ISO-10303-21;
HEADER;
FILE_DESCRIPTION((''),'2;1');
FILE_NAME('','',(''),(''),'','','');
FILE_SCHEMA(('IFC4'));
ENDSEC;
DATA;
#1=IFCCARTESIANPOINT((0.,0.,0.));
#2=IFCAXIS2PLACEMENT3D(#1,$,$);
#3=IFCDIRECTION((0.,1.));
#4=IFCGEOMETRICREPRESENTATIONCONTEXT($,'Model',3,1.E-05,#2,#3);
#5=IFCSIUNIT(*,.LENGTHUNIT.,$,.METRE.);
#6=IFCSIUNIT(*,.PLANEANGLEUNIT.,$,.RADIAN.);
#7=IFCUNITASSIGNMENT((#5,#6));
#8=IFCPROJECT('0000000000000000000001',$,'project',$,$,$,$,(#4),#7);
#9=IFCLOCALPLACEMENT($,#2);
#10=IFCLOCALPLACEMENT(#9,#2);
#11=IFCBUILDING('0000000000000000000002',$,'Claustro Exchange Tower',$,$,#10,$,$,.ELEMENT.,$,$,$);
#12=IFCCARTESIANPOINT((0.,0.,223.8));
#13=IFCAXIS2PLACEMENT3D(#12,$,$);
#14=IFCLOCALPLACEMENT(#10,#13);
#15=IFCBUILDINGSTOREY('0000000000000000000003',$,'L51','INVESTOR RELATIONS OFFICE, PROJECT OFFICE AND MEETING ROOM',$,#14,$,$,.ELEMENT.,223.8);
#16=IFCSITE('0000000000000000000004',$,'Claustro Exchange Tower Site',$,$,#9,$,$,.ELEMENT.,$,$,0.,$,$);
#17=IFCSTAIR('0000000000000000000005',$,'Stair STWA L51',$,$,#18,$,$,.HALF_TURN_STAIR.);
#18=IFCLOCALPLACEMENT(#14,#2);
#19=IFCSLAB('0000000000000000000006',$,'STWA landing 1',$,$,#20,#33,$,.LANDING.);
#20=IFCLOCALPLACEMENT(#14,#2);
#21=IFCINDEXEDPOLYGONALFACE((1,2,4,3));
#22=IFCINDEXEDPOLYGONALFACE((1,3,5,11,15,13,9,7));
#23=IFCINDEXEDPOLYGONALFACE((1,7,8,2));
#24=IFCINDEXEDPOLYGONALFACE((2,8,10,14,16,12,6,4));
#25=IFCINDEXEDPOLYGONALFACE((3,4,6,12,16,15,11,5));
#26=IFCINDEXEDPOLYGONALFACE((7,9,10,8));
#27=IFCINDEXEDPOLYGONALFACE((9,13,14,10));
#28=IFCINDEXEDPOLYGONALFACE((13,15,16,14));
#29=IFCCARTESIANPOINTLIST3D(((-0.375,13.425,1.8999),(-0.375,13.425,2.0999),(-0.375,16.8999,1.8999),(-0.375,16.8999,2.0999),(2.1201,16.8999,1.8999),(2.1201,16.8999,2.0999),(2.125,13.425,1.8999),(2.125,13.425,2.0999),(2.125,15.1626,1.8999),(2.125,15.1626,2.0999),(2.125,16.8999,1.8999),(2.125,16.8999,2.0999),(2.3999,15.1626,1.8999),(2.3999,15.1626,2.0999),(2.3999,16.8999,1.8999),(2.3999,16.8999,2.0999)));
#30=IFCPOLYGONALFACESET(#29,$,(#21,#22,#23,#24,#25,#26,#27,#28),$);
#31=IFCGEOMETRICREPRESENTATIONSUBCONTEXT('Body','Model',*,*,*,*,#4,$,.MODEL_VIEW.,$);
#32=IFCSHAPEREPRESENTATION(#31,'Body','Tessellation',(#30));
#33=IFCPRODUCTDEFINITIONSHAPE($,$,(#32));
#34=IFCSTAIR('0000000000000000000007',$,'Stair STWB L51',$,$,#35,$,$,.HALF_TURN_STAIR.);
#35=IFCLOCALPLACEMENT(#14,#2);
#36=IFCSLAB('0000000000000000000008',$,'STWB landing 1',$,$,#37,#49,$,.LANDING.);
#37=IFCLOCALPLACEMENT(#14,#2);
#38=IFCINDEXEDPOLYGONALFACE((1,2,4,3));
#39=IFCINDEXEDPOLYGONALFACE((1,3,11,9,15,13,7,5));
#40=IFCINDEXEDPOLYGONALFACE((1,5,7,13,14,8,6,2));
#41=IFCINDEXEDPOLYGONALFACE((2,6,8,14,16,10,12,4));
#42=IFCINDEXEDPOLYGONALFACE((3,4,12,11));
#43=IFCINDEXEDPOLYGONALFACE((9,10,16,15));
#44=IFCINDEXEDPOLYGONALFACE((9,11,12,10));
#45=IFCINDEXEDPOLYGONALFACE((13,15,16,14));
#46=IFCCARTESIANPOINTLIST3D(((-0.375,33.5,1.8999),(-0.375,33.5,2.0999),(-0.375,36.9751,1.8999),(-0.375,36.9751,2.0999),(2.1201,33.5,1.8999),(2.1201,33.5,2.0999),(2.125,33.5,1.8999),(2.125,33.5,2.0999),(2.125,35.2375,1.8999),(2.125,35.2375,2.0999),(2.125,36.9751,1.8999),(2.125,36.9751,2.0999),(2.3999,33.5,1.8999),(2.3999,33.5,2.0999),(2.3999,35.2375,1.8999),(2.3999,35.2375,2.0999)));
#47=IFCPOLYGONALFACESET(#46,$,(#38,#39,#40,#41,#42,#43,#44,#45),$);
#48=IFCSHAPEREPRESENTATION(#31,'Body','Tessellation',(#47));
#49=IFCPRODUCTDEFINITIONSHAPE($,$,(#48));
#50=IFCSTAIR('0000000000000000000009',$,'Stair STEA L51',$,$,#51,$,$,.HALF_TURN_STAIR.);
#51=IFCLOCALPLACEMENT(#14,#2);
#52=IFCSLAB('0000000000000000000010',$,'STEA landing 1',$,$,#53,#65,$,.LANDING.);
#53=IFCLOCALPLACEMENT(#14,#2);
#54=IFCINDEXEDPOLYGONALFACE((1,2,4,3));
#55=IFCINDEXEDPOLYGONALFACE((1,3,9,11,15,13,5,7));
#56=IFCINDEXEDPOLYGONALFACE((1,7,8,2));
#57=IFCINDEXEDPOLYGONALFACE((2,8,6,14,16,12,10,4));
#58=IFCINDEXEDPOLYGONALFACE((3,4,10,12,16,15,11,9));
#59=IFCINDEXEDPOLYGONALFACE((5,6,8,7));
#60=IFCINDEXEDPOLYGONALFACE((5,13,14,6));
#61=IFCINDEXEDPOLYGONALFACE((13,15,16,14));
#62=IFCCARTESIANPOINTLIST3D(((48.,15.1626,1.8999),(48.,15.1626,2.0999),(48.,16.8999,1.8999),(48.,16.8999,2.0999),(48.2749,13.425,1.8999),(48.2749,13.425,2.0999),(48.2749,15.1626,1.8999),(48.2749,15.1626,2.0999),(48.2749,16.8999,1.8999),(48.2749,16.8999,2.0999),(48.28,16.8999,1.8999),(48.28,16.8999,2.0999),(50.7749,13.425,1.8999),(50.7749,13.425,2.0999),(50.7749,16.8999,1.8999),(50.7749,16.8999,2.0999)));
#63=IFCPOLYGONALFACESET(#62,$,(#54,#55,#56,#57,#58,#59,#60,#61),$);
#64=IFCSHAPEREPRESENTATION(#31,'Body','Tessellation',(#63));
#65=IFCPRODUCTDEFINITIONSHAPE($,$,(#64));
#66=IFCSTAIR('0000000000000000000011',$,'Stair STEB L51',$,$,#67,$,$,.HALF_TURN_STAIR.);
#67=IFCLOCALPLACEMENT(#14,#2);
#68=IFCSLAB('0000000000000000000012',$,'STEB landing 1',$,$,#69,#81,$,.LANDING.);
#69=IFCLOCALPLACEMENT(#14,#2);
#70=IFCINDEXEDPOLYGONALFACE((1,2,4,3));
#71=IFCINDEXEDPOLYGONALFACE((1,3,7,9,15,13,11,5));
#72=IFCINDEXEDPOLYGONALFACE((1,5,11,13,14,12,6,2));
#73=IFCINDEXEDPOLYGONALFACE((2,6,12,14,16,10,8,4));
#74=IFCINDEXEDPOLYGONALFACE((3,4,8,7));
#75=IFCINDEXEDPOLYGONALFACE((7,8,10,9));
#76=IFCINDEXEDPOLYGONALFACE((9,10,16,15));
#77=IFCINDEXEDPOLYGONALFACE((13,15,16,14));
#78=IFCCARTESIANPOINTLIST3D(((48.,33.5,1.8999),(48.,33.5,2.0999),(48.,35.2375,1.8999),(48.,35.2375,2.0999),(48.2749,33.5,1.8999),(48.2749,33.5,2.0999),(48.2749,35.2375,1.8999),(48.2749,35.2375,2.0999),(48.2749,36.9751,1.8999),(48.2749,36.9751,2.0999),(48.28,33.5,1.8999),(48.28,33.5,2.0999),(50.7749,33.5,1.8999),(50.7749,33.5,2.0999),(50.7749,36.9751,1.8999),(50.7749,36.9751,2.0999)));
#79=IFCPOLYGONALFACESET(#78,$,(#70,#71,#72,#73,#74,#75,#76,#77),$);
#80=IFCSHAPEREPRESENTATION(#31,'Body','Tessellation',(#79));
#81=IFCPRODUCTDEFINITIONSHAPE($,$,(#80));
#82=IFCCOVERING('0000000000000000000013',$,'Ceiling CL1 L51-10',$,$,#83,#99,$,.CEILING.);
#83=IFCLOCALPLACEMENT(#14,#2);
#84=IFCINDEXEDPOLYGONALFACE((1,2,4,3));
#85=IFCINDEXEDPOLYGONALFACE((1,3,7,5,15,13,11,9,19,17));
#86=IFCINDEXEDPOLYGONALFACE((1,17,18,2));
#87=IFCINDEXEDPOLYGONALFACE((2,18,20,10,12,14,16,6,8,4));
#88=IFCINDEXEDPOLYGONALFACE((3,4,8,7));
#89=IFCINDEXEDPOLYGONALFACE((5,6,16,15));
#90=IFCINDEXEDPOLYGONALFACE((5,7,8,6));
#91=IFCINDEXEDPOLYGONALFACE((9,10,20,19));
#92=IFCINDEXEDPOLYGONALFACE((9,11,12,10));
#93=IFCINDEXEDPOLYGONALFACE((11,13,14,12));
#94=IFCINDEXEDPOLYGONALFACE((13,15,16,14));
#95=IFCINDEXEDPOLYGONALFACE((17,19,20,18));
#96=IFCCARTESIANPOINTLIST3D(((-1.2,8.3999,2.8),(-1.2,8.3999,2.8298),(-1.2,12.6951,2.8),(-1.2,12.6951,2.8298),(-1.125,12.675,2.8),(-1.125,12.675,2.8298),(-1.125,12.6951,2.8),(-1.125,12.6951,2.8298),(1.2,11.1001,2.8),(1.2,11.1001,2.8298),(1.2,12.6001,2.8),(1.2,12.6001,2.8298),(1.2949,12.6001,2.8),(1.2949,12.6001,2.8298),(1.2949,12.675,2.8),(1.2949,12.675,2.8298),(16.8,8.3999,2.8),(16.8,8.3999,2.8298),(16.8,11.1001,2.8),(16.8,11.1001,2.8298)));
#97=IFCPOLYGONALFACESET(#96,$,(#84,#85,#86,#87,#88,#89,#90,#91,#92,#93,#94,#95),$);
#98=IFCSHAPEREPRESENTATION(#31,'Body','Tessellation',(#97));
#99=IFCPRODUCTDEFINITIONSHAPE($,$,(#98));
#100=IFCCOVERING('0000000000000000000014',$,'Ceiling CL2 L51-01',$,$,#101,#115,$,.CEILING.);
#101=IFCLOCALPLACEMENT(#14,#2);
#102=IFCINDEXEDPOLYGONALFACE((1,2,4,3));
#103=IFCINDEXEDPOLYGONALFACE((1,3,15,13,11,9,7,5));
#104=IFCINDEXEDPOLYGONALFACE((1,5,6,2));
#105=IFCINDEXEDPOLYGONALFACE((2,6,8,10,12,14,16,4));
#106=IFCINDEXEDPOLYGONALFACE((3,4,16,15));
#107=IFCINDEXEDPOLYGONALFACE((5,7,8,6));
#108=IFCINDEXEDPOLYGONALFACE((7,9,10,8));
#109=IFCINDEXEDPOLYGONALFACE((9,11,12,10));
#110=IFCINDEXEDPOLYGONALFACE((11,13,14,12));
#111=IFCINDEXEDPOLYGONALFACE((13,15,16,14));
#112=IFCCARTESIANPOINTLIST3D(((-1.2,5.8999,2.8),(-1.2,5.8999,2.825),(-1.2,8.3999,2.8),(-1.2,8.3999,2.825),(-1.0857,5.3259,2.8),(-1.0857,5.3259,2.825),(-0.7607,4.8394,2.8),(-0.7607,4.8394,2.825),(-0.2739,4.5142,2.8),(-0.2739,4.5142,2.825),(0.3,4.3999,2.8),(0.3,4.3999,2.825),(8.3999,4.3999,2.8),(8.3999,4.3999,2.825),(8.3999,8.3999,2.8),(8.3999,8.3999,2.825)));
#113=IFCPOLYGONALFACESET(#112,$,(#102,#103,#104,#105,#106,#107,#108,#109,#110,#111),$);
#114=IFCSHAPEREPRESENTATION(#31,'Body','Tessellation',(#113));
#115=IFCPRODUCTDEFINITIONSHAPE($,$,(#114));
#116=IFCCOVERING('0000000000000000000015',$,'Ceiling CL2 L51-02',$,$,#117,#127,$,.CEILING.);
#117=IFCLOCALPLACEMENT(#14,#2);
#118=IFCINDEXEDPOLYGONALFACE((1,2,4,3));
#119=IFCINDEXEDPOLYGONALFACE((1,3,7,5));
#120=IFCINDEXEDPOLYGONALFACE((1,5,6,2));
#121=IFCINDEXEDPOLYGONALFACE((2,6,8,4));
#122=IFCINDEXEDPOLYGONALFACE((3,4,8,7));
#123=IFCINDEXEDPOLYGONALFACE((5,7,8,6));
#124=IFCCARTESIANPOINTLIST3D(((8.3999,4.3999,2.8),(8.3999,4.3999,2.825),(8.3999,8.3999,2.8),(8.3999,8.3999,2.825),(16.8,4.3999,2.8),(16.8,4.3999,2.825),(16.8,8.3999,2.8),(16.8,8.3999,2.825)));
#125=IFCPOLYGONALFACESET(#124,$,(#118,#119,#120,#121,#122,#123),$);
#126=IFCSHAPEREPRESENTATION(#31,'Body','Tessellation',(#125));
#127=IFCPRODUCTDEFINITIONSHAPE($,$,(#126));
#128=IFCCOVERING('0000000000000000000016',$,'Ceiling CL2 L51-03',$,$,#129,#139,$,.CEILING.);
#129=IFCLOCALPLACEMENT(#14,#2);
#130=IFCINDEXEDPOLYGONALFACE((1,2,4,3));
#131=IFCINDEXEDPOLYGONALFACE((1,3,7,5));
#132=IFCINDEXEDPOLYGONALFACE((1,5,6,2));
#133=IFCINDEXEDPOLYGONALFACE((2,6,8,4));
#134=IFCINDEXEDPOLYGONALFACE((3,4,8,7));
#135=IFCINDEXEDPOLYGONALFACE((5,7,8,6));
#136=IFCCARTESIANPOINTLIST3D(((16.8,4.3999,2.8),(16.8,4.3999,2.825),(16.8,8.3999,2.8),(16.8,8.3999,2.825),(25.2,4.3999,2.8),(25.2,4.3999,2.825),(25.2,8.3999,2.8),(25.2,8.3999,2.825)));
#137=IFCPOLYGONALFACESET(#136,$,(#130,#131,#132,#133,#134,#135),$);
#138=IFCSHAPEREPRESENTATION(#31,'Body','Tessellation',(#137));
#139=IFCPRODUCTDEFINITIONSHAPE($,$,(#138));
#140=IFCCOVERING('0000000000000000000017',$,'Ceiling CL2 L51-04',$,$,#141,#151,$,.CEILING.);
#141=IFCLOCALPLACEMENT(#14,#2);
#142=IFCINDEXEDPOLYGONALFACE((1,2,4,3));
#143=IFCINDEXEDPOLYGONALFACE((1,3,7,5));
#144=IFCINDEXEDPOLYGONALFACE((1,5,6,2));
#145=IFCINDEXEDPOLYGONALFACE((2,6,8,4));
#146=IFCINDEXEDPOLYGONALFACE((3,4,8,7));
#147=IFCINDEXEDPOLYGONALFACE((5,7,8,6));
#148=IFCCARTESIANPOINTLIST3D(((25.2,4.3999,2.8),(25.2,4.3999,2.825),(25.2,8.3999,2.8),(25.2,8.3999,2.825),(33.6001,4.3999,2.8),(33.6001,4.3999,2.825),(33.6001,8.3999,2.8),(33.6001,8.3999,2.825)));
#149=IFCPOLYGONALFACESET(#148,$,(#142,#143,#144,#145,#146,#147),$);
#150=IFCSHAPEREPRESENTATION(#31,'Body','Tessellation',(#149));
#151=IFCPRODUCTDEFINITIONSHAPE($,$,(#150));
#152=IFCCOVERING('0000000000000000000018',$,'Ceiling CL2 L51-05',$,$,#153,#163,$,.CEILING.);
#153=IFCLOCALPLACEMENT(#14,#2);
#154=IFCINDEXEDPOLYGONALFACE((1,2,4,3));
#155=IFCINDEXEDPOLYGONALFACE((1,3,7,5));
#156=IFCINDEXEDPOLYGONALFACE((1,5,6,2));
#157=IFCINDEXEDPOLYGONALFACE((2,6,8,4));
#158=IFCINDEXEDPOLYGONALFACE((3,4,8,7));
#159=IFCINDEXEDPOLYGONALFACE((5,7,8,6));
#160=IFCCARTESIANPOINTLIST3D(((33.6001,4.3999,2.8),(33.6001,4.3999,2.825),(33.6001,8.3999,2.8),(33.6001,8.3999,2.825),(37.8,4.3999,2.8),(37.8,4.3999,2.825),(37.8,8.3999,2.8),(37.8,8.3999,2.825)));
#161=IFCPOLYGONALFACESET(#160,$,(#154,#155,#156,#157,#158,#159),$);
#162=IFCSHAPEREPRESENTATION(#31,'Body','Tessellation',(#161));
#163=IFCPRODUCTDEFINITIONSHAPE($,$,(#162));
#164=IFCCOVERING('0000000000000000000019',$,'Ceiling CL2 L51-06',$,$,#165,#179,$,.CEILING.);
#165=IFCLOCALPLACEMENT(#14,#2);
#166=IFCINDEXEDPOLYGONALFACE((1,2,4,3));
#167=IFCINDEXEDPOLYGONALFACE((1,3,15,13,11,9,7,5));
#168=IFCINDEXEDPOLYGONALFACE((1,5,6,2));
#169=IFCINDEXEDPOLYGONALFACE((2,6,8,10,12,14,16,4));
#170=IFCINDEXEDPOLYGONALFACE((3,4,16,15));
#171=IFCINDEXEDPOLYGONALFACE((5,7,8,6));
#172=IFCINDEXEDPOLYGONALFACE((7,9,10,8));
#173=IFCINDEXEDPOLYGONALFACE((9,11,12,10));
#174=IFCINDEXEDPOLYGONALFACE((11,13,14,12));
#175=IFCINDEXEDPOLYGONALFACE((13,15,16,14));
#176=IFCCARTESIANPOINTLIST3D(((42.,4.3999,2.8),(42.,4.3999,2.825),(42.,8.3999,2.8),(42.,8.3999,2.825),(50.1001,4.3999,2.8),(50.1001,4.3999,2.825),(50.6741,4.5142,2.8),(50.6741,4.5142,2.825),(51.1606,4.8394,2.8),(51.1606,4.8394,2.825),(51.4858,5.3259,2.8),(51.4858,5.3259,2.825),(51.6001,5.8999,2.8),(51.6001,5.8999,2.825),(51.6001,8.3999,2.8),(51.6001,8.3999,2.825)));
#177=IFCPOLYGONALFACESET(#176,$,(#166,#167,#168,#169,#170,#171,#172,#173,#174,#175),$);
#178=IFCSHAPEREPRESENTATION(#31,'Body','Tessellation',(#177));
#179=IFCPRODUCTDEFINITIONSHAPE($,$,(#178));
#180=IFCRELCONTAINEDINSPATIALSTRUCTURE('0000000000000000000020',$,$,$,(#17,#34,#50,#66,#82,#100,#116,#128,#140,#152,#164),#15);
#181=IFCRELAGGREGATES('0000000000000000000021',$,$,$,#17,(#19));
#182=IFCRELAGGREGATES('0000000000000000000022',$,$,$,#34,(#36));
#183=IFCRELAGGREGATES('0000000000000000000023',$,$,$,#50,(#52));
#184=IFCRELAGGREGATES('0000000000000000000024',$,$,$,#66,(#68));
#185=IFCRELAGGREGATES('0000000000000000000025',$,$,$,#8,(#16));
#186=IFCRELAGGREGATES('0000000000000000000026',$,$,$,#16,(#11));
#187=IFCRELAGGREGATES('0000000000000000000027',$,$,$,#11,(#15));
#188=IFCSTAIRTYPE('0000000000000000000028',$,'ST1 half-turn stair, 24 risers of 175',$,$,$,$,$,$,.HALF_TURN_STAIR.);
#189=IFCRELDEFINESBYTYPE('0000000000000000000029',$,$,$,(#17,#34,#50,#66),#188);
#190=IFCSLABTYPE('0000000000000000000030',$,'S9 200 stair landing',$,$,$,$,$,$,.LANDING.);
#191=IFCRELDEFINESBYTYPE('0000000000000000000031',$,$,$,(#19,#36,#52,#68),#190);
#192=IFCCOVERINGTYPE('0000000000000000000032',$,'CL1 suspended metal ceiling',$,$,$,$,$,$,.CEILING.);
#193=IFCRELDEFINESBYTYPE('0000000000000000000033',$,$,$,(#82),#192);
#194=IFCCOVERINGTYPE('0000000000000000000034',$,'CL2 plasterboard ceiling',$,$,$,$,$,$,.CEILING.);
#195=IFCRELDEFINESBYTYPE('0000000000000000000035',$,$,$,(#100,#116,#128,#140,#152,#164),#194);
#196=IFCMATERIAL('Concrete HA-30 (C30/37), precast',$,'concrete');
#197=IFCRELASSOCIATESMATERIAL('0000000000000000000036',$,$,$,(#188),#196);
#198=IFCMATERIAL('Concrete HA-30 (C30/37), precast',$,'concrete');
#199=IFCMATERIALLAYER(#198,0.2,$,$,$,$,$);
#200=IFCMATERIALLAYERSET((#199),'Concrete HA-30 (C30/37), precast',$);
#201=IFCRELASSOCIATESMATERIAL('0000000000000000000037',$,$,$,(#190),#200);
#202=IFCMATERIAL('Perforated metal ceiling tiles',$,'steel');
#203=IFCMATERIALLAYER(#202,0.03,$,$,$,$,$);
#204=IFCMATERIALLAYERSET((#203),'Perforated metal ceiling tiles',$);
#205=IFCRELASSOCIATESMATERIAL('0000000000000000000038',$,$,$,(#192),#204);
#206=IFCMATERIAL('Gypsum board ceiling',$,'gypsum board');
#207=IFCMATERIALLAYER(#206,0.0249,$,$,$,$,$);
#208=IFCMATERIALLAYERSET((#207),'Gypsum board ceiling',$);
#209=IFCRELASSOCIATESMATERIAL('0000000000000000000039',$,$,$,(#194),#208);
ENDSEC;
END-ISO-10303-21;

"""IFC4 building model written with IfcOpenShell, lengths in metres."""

from ifc_helpers import new_model, si_unit, direction, frame, origin, place, context, subcontext, project, spatial, polyline, outline, extrude, material, layer, layer_set, type_object, element, aggregate, save


model = new_model("IFC4")

# Units and contexts
model_context = context("Model", 3, precision=1e-05, world=origin(), true_north=direction((0.0, 1.0)))
body_context = subcontext(model_context, "Body", "Model", "MODEL_VIEW")
ifc_project = project(units=[si_unit("LENGTHUNIT", "METRE"), si_unit("PLANEANGLEUNIT", "RADIAN")], contexts=[model_context])

# Site, building, storey
site_placement = place(None, origin())
site = spatial("IfcSite", under=ifc_project, at=site_placement, Name="Claustro Exchange Tower Site", CompositionType="ELEMENT", RefElevation=0.0)
building_placement = place(site_placement, origin())
building = spatial("IfcBuilding", under=site, at=building_placement, Name="Claustro Exchange Tower", CompositionType="ELEMENT")
storey_placement = place(building_placement, frame((0.0, 0.0, 223.8)))
storey = spatial("IfcBuildingStorey", under=building, at=storey_placement, Name="L51", Description="INVESTOR RELATIONS OFFICE, PROJECT OFFICE AND MEETING ROOM", CompositionType="ELEMENT", Elevation=223.8)

# Stairs, slabs
ifc_material_1 = material(Name="Concrete HA-30 (C30/37), precast", Category="concrete")
stair_type = type_object("IfcStairType", Name="ST1 half-turn stair, 24 risers of 175", PredefinedType="HALF_TURN_STAIR", material=ifc_material_1)
stair_1_placement = place(storey_placement, origin())
stair_1 = element("IfcStair", 1, at=stair_1_placement, inside=storey, type_object=stair_type, Name="Stair STWA L51", PredefinedType="HALF_TURN_STAIR")
ifc_material_2 = material(Name="Concrete HA-30 (C30/37), precast", Category="concrete")
ifc_layer_1 = layer(ifc_material_2, 0.2)
ifc_layer_set_1 = layer_set([ifc_layer_1], Name="Concrete HA-30 (C30/37), precast")
slab_type_1 = type_object("IfcSlabType", Name="S9 200 stair landing", PredefinedType="LANDING", material=ifc_layer_set_1)
slab_1_placement = place(storey_placement, frame((0.0, 0.0, 1.8999)))
slab_1 = element("IfcSlab", 2, at=slab_1_placement, type_object=slab_type_1, Name="STWA landing 1", PredefinedType="LANDING", context=body_context, shape_type="SweptSolid", body=[
    extrude(outline(polyline([(2.125, 13.425), (-0.375, 13.425), (-0.375, 16.8999), (2.1201, 16.8999), (2.125, 16.8999), (2.3999, 16.8999), (2.3999, 15.1626), (2.125, 15.1626), (2.125, 13.425)])), origin(), (0.0, 0.0, 1.0), 0.2),
])
aggregate(stair_1, [slab_1])
stair_2_placement = place(storey_placement, origin())
stair_2 = element("IfcStair", 3, at=stair_2_placement, inside=storey, type_object=stair_type, Name="Stair STWB L51", PredefinedType="HALF_TURN_STAIR")
slab_2_placement = place(storey_placement, frame((0.0, 0.0, 1.8999)))
slab_2 = element("IfcSlab", 4, at=slab_2_placement, type_object=slab_type_1, Name="STWB landing 1", PredefinedType="LANDING", context=body_context, shape_type="SweptSolid", body=[
    extrude(outline(polyline([(2.3999, 35.2375), (2.3999, 33.5), (2.125, 33.5), (2.1201, 33.5), (-0.375, 33.5), (-0.375, 36.9751), (2.125, 36.9751), (2.125, 35.2375), (2.3999, 35.2375)])), origin(), (0.0, 0.0, 1.0), 0.2),
])
aggregate(stair_2, [slab_2])
stair_3_placement = place(storey_placement, origin())
stair_3 = element("IfcStair", 5, at=stair_3_placement, inside=storey, type_object=stair_type, Name="Stair STEA L51", PredefinedType="HALF_TURN_STAIR")
slab_3_placement = place(storey_placement, frame((0.0, 0.0, 1.8999)))
slab_3 = element("IfcSlab", 6, at=slab_3_placement, type_object=slab_type_1, Name="STEA landing 1", PredefinedType="LANDING", context=body_context, shape_type="SweptSolid", body=[
    extrude(outline(polyline([(50.7749, 16.8999), (50.7749, 13.425), (48.2749, 13.425), (48.2749, 15.1626), (48.0, 15.1626), (48.0, 16.8999), (48.2749, 16.8999), (48.28, 16.8999), (50.7749, 16.8999)])), origin(), (0.0, 0.0, 1.0), 0.2),
])
aggregate(stair_3, [slab_3])
stair_4_placement = place(storey_placement, origin())
stair_4 = element("IfcStair", 7, at=stair_4_placement, inside=storey, type_object=stair_type, Name="Stair STEB L51", PredefinedType="HALF_TURN_STAIR")
slab_4_placement = place(storey_placement, frame((0.0, 0.0, 1.8999)))
slab_4 = element("IfcSlab", 8, at=slab_4_placement, type_object=slab_type_1, Name="STEB landing 1", PredefinedType="LANDING", context=body_context, shape_type="SweptSolid", body=[
    extrude(outline(polyline([(48.0, 33.5), (48.0, 35.2375), (48.2749, 35.2375), (48.2749, 36.9751), (50.7749, 36.9751), (50.7749, 33.5), (48.28, 33.5), (48.2749, 33.5), (48.0, 33.5)])), origin(), (0.0, 0.0, 1.0), 0.2),
])
aggregate(stair_4, [slab_4])

# Coverings
ifc_material_3 = material(Name="Perforated metal ceiling tiles", Category="steel")
ifc_layer_2 = layer(ifc_material_3, 0.03)
ifc_layer_set_2 = layer_set([ifc_layer_2], Name="Perforated metal ceiling tiles")
covering_type_1 = type_object("IfcCoveringType", Name="CL1 suspended metal ceiling", PredefinedType="CEILING", material=ifc_layer_set_2)
covering_1_placement = place(storey_placement, frame((0.0, 0.0, 2.8)))
element("IfcCovering", 9, at=covering_1_placement, inside=storey, type_object=covering_type_1, Name="Ceiling CL1 L51-10", PredefinedType="CEILING", context=body_context, shape_type="SweptSolid", body=[
    extrude(outline(polyline([(1.2, 11.1001), (1.2, 12.6001), (1.2949, 12.6001), (1.2949, 12.675), (-1.125, 12.675), (-1.125, 12.6951), (-1.2, 12.6951), (-1.2, 8.3999), (16.8, 8.3999), (16.8, 11.1001), (1.2, 11.1001)])), origin(), (0.0, 0.0, 1.0), 0.0298),
])
ifc_material_4 = material(Name="Gypsum board ceiling", Category="gypsum board")
ifc_layer_3 = layer(ifc_material_4, 0.0249)
ifc_layer_set_3 = layer_set([ifc_layer_3], Name="Gypsum board ceiling")
covering_type_2 = type_object("IfcCoveringType", Name="CL2 plasterboard ceiling", PredefinedType="CEILING", material=ifc_layer_set_3)
covering_2_placement = place(storey_placement, frame((0.0, 0.0, 2.8)))
element("IfcCovering", 10, at=covering_2_placement, inside=storey, type_object=covering_type_2, Name="Ceiling CL2 L51-01", PredefinedType="CEILING", context=body_context, shape_type="SweptSolid", body=[
    extrude(outline(polyline([(-1.0857, 5.3259), (-0.7607, 4.8394), (-0.2739, 4.5142), (0.3, 4.3999), (8.3999, 4.3999), (8.3999, 8.3999), (-1.2, 8.3999), (-1.2, 5.8999), (-1.0857, 5.3259)])), origin(), (0.0, 0.0, 1.0), 0.0249),
])
covering_3_placement = place(storey_placement, frame((0.0, 0.0, 2.8)))
element("IfcCovering", 11, at=covering_3_placement, inside=storey, type_object=covering_type_2, Name="Ceiling CL2 L51-02", PredefinedType="CEILING", context=body_context, shape_type="SweptSolid", body=[
    extrude(outline(polyline([(8.3999, 4.3999), (16.8, 4.3999), (16.8, 8.3999), (8.3999, 8.3999), (8.3999, 4.3999)])), origin(), (0.0, 0.0, 1.0), 0.0249),
])
covering_4_placement = place(storey_placement, frame((0.0, 0.0, 2.8)))
element("IfcCovering", 12, at=covering_4_placement, inside=storey, type_object=covering_type_2, Name="Ceiling CL2 L51-03", PredefinedType="CEILING", context=body_context, shape_type="SweptSolid", body=[
    extrude(outline(polyline([(16.8, 4.3999), (25.2, 4.3999), (25.2, 8.3999), (16.8, 8.3999), (16.8, 4.3999)])), origin(), (0.0, 0.0, 1.0), 0.0249),
])
covering_5_placement = place(storey_placement, frame((0.0, 0.0, 2.8)))
element("IfcCovering", 13, at=covering_5_placement, inside=storey, type_object=covering_type_2, Name="Ceiling CL2 L51-04", PredefinedType="CEILING", context=body_context, shape_type="SweptSolid", body=[
    extrude(outline(polyline([(25.2, 4.3999), (33.6001, 4.3999), (33.6001, 8.3999), (25.2, 8.3999), (25.2, 4.3999)])), origin(), (0.0, 0.0, 1.0), 0.0249),
])
covering_6_placement = place(storey_placement, frame((0.0, 0.0, 2.8)))
element("IfcCovering", 14, at=covering_6_placement, inside=storey, type_object=covering_type_2, Name="Ceiling CL2 L51-05", PredefinedType="CEILING", context=body_context, shape_type="SweptSolid", body=[
    extrude(outline(polyline([(33.6001, 4.3999), (37.8, 4.3999), (37.8, 8.3999), (33.6001, 8.3999), (33.6001, 4.3999)])), origin(), (0.0, 0.0, 1.0), 0.0249),
])
covering_7_placement = place(storey_placement, frame((0.0, 0.0, 2.8)))
element("IfcCovering", 15, at=covering_7_placement, inside=storey, type_object=covering_type_2, Name="Ceiling CL2 L51-06", PredefinedType="CEILING", context=body_context, shape_type="SweptSolid", body=[
    extrude(outline(polyline([(51.6001, 5.8999), (51.6001, 8.3999), (42.0, 8.3999), (42.0, 4.3999), (50.1001, 4.3999), (50.6741, 4.5142), (51.1606, 4.8394), (51.4858, 5.3259), (51.6001, 5.8999)])), origin(), (0.0, 0.0, 1.0), 0.0249),
])

save(model, "model.ifc")
